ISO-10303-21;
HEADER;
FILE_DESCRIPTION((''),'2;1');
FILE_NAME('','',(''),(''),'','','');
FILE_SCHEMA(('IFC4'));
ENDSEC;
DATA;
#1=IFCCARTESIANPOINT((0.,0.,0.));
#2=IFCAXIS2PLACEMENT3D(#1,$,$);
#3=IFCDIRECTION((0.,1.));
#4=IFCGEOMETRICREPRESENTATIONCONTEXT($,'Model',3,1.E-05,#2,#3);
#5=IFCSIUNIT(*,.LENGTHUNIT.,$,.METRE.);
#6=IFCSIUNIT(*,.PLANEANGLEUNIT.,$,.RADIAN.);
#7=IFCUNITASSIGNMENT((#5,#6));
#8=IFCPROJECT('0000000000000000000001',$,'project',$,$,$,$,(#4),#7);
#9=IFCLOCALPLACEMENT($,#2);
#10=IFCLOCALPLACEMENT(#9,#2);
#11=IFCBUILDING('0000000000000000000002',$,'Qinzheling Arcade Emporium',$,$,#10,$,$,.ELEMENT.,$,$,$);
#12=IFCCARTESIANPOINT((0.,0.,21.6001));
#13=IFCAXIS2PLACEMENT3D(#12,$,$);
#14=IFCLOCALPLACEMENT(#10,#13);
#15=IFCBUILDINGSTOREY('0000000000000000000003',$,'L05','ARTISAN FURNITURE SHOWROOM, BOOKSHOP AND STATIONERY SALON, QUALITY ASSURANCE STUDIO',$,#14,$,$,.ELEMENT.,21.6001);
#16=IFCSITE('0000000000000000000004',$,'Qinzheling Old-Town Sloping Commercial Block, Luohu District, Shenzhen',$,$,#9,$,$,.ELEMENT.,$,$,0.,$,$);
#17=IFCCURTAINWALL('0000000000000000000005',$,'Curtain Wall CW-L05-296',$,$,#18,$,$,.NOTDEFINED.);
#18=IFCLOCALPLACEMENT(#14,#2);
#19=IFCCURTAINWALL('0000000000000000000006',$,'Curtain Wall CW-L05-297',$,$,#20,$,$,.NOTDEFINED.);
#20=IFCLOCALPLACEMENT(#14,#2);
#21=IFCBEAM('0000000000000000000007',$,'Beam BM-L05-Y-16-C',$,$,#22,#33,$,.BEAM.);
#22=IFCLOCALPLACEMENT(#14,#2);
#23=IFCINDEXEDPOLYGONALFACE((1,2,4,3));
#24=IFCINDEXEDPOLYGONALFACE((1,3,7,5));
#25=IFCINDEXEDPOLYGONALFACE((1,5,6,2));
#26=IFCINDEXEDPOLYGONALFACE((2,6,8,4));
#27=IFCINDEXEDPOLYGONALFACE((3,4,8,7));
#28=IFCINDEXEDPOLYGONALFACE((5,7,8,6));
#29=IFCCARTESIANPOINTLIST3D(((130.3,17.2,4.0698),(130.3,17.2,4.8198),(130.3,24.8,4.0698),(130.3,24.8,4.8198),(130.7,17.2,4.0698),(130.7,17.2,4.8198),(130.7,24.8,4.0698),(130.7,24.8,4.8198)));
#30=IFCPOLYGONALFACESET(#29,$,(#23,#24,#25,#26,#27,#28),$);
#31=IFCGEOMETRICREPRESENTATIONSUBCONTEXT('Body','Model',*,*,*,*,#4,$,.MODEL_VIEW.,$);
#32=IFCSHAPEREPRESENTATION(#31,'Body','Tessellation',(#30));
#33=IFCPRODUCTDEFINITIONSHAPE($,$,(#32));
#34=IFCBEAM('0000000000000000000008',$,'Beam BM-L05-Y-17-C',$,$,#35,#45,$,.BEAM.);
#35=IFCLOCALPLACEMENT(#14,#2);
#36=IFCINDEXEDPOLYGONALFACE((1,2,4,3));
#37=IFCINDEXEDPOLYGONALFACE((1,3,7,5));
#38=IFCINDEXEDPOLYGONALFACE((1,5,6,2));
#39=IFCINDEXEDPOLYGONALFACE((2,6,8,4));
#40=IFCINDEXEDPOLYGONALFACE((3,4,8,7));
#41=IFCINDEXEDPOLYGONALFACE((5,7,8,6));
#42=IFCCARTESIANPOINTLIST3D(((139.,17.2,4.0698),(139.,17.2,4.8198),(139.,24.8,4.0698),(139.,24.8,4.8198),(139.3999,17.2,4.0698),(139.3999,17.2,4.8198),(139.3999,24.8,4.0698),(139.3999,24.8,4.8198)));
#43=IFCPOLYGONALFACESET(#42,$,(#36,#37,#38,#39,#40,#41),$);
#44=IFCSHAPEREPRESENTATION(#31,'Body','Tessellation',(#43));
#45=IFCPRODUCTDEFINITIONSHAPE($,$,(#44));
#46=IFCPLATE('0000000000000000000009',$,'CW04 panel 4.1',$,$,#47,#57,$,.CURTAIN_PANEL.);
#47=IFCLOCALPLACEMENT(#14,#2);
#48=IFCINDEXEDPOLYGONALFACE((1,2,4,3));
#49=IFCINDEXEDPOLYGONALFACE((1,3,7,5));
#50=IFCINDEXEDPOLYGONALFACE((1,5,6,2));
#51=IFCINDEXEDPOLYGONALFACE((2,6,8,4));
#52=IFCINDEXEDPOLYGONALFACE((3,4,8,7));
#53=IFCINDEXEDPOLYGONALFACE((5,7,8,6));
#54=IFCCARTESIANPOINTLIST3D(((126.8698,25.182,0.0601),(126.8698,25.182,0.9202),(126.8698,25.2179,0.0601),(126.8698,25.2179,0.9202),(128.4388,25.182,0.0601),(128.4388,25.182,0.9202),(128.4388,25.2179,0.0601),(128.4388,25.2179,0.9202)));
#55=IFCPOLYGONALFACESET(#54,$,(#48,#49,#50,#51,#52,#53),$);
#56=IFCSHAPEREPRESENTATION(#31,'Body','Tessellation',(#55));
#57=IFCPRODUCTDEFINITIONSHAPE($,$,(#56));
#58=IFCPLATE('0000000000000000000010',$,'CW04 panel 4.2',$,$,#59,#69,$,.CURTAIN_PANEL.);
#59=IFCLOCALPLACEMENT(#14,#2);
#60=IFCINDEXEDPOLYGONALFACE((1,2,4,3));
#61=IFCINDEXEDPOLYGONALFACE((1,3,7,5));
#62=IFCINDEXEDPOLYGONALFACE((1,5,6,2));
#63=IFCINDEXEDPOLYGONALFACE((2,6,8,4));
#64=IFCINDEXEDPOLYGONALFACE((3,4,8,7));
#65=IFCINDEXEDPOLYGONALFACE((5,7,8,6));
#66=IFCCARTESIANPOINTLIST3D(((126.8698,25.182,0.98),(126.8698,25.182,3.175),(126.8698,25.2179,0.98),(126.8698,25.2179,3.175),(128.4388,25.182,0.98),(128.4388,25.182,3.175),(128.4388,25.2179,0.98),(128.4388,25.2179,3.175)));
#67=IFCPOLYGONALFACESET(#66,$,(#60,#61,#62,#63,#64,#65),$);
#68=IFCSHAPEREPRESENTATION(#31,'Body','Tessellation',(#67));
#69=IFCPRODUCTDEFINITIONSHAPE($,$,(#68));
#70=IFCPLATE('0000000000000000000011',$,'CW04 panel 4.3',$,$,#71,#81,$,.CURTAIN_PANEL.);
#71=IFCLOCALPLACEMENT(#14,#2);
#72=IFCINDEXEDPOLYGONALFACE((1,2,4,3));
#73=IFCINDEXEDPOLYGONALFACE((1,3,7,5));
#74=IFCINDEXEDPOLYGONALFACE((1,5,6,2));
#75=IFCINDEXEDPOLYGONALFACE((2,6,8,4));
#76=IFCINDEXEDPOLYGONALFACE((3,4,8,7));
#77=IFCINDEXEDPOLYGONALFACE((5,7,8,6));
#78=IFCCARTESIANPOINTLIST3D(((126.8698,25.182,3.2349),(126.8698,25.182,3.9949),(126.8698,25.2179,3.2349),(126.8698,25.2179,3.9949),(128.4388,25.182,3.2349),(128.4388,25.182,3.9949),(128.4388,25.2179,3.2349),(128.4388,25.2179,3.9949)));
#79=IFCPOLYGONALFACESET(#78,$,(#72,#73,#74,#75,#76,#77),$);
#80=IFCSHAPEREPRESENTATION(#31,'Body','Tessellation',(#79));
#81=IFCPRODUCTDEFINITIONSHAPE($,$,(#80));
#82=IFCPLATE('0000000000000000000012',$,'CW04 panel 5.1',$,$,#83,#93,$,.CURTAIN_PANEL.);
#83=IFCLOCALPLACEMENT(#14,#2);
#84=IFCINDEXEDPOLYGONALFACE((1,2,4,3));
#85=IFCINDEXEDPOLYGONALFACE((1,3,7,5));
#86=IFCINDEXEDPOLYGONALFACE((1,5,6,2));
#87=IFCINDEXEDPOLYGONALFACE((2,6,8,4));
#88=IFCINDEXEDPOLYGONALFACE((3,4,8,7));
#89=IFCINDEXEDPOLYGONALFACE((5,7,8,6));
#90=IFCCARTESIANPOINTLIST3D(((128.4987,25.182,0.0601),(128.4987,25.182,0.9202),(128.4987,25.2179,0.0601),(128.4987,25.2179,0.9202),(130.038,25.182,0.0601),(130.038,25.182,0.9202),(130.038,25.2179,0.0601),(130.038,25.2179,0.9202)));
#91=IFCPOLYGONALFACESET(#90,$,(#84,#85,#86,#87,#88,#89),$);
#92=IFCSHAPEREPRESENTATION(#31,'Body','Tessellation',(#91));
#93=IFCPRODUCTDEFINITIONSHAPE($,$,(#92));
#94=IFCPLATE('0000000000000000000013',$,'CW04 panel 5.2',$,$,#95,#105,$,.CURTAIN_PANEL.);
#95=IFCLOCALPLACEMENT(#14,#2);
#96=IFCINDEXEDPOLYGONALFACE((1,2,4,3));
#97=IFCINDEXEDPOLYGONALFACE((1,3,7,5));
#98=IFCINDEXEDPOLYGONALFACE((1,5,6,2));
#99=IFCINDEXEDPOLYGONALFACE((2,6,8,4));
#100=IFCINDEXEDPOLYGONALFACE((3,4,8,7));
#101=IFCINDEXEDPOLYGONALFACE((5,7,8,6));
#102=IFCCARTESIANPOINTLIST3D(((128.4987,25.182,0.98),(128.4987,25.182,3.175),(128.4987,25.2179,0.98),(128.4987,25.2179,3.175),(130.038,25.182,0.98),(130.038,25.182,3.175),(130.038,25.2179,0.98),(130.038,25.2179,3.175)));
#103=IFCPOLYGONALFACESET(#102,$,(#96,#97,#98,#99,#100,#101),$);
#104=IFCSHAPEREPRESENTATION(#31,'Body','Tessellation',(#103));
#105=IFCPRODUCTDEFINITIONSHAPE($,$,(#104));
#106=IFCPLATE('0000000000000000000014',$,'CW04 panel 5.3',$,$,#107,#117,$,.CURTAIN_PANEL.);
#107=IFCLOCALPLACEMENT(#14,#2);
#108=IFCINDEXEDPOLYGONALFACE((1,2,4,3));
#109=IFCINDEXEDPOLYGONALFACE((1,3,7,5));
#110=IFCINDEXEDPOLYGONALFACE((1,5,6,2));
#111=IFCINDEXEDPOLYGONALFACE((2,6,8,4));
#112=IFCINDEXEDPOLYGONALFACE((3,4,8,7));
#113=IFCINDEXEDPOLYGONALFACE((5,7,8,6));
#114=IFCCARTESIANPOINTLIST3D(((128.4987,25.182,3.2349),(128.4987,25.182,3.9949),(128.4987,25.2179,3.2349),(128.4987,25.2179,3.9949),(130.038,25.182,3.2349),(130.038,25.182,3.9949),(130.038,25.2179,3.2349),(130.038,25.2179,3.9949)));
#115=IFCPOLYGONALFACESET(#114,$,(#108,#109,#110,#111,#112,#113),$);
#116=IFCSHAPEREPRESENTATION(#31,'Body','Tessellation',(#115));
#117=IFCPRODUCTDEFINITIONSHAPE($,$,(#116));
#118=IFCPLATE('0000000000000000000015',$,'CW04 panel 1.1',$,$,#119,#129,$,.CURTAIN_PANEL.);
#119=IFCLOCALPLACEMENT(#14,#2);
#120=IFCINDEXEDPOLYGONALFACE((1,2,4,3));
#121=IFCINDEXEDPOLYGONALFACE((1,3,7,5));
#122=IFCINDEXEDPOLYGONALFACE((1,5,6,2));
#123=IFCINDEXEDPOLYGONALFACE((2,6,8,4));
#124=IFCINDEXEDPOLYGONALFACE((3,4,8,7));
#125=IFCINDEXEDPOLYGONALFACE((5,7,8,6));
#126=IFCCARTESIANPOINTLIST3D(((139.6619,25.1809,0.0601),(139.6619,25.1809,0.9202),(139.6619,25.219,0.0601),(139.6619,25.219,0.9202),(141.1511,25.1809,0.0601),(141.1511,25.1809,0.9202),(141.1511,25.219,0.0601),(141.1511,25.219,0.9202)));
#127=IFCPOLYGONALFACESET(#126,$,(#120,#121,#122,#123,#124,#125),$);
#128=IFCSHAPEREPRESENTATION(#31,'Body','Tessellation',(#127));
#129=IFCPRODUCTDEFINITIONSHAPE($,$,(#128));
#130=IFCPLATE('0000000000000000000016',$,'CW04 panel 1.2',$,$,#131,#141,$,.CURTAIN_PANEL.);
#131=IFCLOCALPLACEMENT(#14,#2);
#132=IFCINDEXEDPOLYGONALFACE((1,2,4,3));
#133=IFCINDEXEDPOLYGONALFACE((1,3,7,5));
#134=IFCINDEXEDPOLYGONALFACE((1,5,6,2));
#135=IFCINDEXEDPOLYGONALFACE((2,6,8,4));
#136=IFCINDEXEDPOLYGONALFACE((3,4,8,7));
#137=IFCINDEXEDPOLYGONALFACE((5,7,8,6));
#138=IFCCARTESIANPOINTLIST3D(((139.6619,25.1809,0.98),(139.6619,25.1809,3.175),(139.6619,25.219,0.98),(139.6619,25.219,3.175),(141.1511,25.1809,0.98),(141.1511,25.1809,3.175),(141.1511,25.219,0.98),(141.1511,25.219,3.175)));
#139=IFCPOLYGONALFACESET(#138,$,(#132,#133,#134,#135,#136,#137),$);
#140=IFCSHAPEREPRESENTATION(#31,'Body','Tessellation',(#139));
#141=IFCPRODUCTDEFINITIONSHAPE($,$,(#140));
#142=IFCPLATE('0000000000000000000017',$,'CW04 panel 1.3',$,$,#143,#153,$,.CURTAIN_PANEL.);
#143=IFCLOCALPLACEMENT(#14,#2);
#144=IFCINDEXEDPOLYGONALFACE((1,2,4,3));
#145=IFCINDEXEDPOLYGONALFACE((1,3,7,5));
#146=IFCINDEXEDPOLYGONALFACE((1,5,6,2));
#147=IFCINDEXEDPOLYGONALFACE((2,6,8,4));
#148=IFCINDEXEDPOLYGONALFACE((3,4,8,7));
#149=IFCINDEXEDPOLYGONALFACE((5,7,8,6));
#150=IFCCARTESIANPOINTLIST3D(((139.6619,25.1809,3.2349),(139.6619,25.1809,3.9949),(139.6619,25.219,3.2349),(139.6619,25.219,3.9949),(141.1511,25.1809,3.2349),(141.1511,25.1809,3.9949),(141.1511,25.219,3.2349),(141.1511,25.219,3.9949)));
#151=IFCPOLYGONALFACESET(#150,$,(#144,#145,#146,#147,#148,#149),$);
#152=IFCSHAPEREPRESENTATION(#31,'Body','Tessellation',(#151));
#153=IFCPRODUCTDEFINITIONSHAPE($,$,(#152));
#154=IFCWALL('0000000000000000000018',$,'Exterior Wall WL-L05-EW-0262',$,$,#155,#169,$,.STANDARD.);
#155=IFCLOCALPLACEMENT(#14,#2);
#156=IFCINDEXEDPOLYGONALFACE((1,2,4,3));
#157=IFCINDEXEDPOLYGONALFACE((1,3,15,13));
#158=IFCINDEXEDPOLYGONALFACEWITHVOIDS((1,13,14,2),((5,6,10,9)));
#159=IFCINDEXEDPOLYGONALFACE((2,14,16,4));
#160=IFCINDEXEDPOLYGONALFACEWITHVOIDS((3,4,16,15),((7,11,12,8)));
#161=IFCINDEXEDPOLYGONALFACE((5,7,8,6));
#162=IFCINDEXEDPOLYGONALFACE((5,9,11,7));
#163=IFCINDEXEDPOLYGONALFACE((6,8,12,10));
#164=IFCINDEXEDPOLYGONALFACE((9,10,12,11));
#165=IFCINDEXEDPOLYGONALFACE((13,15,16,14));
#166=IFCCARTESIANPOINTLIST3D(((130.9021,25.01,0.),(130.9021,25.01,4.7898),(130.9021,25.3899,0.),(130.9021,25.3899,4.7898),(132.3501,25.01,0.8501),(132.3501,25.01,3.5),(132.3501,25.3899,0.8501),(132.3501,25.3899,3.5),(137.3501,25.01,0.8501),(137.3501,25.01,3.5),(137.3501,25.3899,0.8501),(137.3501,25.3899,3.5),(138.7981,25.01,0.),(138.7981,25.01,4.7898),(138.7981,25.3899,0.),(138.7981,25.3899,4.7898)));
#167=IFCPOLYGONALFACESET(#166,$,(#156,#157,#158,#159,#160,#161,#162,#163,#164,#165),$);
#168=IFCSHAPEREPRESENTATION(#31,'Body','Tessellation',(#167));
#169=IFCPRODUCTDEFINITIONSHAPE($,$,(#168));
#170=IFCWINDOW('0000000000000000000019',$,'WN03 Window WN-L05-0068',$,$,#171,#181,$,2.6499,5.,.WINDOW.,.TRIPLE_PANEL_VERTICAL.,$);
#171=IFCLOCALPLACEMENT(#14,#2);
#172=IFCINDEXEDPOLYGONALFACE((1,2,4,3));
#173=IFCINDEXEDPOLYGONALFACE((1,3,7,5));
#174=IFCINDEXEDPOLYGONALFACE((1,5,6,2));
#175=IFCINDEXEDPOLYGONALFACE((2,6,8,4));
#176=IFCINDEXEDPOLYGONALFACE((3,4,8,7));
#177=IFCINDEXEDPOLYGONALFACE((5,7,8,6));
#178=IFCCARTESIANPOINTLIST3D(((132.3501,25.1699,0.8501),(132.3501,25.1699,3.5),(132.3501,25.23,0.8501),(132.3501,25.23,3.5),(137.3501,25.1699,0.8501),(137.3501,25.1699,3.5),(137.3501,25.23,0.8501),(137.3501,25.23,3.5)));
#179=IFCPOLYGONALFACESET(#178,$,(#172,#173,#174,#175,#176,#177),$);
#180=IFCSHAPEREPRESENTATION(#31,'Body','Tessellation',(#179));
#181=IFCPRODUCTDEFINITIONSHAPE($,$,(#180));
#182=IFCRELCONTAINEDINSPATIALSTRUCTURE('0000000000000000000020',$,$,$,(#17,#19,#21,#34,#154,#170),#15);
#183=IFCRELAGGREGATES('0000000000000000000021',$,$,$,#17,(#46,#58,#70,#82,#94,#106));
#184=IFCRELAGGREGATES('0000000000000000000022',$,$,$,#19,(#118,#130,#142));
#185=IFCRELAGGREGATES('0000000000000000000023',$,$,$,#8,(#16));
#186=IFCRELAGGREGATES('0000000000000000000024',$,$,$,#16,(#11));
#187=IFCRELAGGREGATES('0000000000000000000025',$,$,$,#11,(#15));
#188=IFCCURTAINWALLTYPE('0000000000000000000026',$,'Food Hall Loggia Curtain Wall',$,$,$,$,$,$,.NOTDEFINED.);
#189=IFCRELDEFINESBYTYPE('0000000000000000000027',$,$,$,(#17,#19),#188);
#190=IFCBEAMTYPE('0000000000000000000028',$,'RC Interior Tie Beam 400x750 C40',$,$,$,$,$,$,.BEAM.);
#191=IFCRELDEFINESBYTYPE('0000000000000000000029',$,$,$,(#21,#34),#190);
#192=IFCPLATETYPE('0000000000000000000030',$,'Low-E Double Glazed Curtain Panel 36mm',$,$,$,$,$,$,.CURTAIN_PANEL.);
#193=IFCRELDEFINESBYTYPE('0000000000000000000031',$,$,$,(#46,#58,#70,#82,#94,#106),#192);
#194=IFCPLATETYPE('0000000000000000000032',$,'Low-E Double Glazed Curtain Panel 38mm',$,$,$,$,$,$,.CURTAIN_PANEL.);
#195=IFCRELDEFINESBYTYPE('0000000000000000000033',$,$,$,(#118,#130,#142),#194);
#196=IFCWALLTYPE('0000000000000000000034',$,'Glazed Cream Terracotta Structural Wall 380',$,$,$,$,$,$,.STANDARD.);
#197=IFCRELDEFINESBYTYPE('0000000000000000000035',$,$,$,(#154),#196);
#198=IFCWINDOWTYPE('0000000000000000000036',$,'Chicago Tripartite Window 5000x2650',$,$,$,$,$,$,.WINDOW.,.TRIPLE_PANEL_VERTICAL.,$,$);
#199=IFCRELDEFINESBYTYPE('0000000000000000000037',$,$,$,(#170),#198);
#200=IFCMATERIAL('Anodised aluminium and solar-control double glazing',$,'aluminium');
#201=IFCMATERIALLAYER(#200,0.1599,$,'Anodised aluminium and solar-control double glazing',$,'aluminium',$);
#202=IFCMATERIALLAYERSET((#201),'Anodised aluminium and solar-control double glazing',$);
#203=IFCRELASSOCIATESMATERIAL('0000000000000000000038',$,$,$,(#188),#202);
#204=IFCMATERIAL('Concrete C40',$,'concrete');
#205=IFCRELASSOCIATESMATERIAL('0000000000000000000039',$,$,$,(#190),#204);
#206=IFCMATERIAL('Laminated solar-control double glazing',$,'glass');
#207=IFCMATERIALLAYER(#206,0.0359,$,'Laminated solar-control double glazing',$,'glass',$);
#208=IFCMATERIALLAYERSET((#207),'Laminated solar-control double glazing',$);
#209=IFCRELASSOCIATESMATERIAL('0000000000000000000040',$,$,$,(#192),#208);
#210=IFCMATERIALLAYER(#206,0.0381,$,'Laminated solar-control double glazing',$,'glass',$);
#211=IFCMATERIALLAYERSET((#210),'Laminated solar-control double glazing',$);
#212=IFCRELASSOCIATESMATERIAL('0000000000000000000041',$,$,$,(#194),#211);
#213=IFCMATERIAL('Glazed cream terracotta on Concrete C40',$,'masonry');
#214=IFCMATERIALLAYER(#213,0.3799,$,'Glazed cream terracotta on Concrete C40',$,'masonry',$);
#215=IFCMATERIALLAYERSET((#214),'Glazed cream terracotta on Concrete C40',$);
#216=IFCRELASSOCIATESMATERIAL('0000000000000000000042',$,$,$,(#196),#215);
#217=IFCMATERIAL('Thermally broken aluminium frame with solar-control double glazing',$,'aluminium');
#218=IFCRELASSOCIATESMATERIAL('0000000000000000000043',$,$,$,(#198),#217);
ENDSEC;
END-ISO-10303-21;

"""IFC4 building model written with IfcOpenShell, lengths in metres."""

from ifc_helpers import new_model, si_unit, direction, frame, frame_2d, origin, origin_2d, place, context, subcontext, project, spatial, rectangle, extrude, material, layer, layer_set, material_profile, profile_set, type_object, element, fill, aggregate, save


model = new_model("IFC4")

# Units and contexts
model_context = context("Model", 3, precision=1e-05, world=origin(), true_north=direction((0.0, 1.0)))
body_context = subcontext(model_context, "Body", "Model", "MODEL_VIEW")
ifc_project = project(units=[si_unit("LENGTHUNIT", "METRE"), si_unit("PLANEANGLEUNIT", "RADIAN")], contexts=[model_context])

# Site, building, storey
site_placement = place(None, origin())
site = spatial("IfcSite", under=ifc_project, at=site_placement, Name="Qinzheling Old-Town Sloping Commercial Block, Luohu District, Shenzhen", CompositionType="ELEMENT", RefElevation=0.0)
building_placement = place(site_placement, origin())
building = spatial("IfcBuilding", under=site, at=building_placement, Name="Qinzheling Arcade Emporium", CompositionType="ELEMENT")
storey_placement = place(building_placement, frame((0.0, 0.0, 21.6001)))
storey = spatial("IfcBuildingStorey", under=building, at=storey_placement, Name="L05", Description="ARTISAN FURNITURE SHOWROOM, BOOKSHOP AND STATIONERY SALON, QUALITY ASSURANCE STUDIO", CompositionType="ELEMENT", Elevation=21.6001)

# Shared definitions
ifc_material_1 = material(Name="Concrete C40", Category="concrete")

# Curtain wall
ifc_material_2 = material(Name="Anodised aluminium and solar-control double glazing", Category="aluminium")
ifc_layer_1 = layer(ifc_material_2, 0.1599, Name="Anodised aluminium and solar-control double glazing", Category="aluminium")
ifc_layer_set_1 = layer_set([ifc_layer_1], Name="Anodised aluminium and solar-control double glazing")
curtain_wall_type = type_object("IfcCurtainWallType", Name="Food Hall Loggia Curtain Wall", PredefinedType="NOTDEFINED", material=ifc_layer_set_1)
curtain_wall_1_placement = place(storey_placement, origin())
curtain_wall_1 = element("IfcCurtainWall", 1, at=curtain_wall_1_placement, inside=storey, type_object=curtain_wall_type, Name="Curtain Wall CW-L05-296", PredefinedType="NOTDEFINED")

# Curtain wall
curtain_wall_2_placement = place(storey_placement, origin())
curtain_wall_2 = element("IfcCurtainWall", 2, at=curtain_wall_2_placement, inside=storey, type_object=curtain_wall_type, Name="Curtain Wall CW-L05-297", PredefinedType="NOTDEFINED")

# Beams
ifc_material_profile_1 = material_profile(ifc_material_1, rectangle(XDim=0.3999, YDim=0.75, at=origin_2d()), Name="RC 400x750", Category="concrete")
ifc_profile_set_1 = profile_set([ifc_material_profile_1], Name="Concrete C40")
beam_type = type_object("IfcBeamType", Name="RC Interior Tie Beam 400x750 C40", PredefinedType="BEAM", material=ifc_profile_set_1)
for number, where, z_axis, x_axis, name in (
    (3, (130.5, 17.2, 4.4448), (0.0, 1.0, 0.0), (-1.0, 0.0, 0.0), "Beam BM-L05-Y-16-C"),
    (4, (139.2, 17.2, 4.4448), (0.0, 1.0, 0.0), (-1.0, 0.0, 0.0), "Beam BM-L05-Y-17-C"),
):
    element("IfcBeam", number, at=place(storey_placement, frame(where, z_axis=z_axis, x_axis=x_axis)), inside=storey, type_object=beam_type, Name=name, PredefinedType="BEAM", context=body_context, shape_type="SweptSolid", body=[
        extrude(rectangle(XDim=0.3999, YDim=0.75, at=origin_2d()), origin(), (0.0, 0.0, 1.0), 7.6001),
    ])

# Plates
ifc_material_3 = material(Name="Laminated solar-control double glazing", Category="glass")
ifc_layer_2 = layer(ifc_material_3, 0.0359, Name="Laminated solar-control double glazing", Category="glass")
ifc_layer_set_2 = layer_set([ifc_layer_2], Name="Laminated solar-control double glazing")
plate_type_1 = type_object("IfcPlateType", Name="Low-E Double Glazed Curtain Panel 36mm", PredefinedType="CURTAIN_PANEL", material=ifc_layer_set_2)
plate_1_placement = place(storey_placement, frame((127.6543, 25.2, 0.0601), z_axis=(0.0, 0.0, 1.0), x_axis=(1.0, 0.0, 0.0)))
plate_1 = element("IfcPlate", 5, at=plate_1_placement, type_object=plate_type_1, Name="CW04 panel 4.1", PredefinedType="CURTAIN_PANEL", context=body_context, shape_type="SweptSolid", body=[
    extrude(rectangle(XDim=1.5691, YDim=0.0359, at=origin_2d()), origin(), (0.0, 0.0, 1.0), 0.8601),
])
plate_2_placement = place(storey_placement, frame((127.6543, 25.2, 0.98), z_axis=(0.0, 0.0, 1.0), x_axis=(1.0, 0.0, 0.0)))
plate_2 = element("IfcPlate", 6, at=plate_2_placement, type_object=plate_type_1, Name="CW04 panel 4.2", PredefinedType="CURTAIN_PANEL", context=body_context, shape_type="SweptSolid", body=[
    extrude(rectangle(XDim=1.5691, YDim=0.0359, at=origin_2d()), origin(), (0.0, 0.0, 1.0), 2.1951),
])
plate_3_placement = place(storey_placement, frame((127.6543, 25.2, 3.2349), z_axis=(0.0, 0.0, 1.0), x_axis=(1.0, 0.0, 0.0)))
plate_3 = element("IfcPlate", 7, at=plate_3_placement, type_object=plate_type_1, Name="CW04 panel 4.3", PredefinedType="CURTAIN_PANEL", context=body_context, shape_type="SweptSolid", body=[
    extrude(rectangle(XDim=1.5691, YDim=0.0359, at=origin_2d()), origin(), (0.0, 0.0, 1.0), 0.76),
])
plate_4_placement = place(storey_placement, frame((129.2683, 25.2, 0.0601), z_axis=(0.0, 0.0, 1.0), x_axis=(1.0, 0.0, 0.0)))
plate_4 = element("IfcPlate", 8, at=plate_4_placement, type_object=plate_type_1, Name="CW04 panel 5.1", PredefinedType="CURTAIN_PANEL", context=body_context, shape_type="SweptSolid", body=[
    extrude(rectangle(XDim=1.5393, YDim=0.0359, at=origin_2d()), origin(), (0.0, 0.0, 1.0), 0.8601),
])
plate_5_placement = place(storey_placement, frame((129.2683, 25.2, 0.98), z_axis=(0.0, 0.0, 1.0), x_axis=(1.0, 0.0, 0.0)))
plate_5 = element("IfcPlate", 9, at=plate_5_placement, type_object=plate_type_1, Name="CW04 panel 5.2", PredefinedType="CURTAIN_PANEL", context=body_context, shape_type="SweptSolid", body=[
    extrude(rectangle(XDim=1.5393, YDim=0.0359, at=origin_2d()), origin(), (0.0, 0.0, 1.0), 2.1951),
])
plate_6_placement = place(storey_placement, frame((129.2683, 25.2, 3.2349), z_axis=(0.0, 0.0, 1.0), x_axis=(1.0, 0.0, 0.0)))
plate_6 = element("IfcPlate", 10, at=plate_6_placement, type_object=plate_type_1, Name="CW04 panel 5.3", PredefinedType="CURTAIN_PANEL", context=body_context, shape_type="SweptSolid", body=[
    extrude(rectangle(XDim=1.5393, YDim=0.0359, at=origin_2d()), origin(), (0.0, 0.0, 1.0), 0.76),
])
aggregate(curtain_wall_1, [plate_1, plate_2, plate_3, plate_4, plate_5, plate_6])
ifc_layer_3 = layer(ifc_material_3, 0.0381, Name="Laminated solar-control double glazing", Category="glass")
ifc_layer_set_3 = layer_set([ifc_layer_3], Name="Laminated solar-control double glazing")
plate_type_2 = type_object("IfcPlateType", Name="Low-E Double Glazed Curtain Panel 38mm", PredefinedType="CURTAIN_PANEL", material=ifc_layer_set_3)
plate_7_placement = place(storey_placement, frame((140.4065, 25.2, 0.0601), z_axis=(0.0, 0.0, 1.0), x_axis=(1.0, 0.0, 0.0)))
plate_7 = element("IfcPlate", 11, at=plate_7_placement, type_object=plate_type_2, Name="CW04 panel 1.1", PredefinedType="CURTAIN_PANEL", context=body_context, shape_type="SweptSolid", body=[
    extrude(rectangle(XDim=1.4893, YDim=0.0381, at=origin_2d()), origin(), (0.0, 0.0, 1.0), 0.8601),
])
plate_8_placement = place(storey_placement, frame((140.4065, 25.2, 0.98), z_axis=(0.0, 0.0, 1.0), x_axis=(1.0, 0.0, 0.0)))
plate_8 = element("IfcPlate", 12, at=plate_8_placement, type_object=plate_type_2, Name="CW04 panel 1.2", PredefinedType="CURTAIN_PANEL", context=body_context, shape_type="SweptSolid", body=[
    extrude(rectangle(XDim=1.4893, YDim=0.0381, at=origin_2d()), origin(), (0.0, 0.0, 1.0), 2.1951),
])
plate_9_placement = place(storey_placement, frame((140.4065, 25.2, 3.2349), z_axis=(0.0, 0.0, 1.0), x_axis=(1.0, 0.0, 0.0)))
plate_9 = element("IfcPlate", 13, at=plate_9_placement, type_object=plate_type_2, Name="CW04 panel 1.3", PredefinedType="CURTAIN_PANEL", context=body_context, shape_type="SweptSolid", body=[
    extrude(rectangle(XDim=1.4893, YDim=0.0381, at=origin_2d()), origin(), (0.0, 0.0, 1.0), 0.76),
])
aggregate(curtain_wall_2, [plate_7, plate_8, plate_9])

# Wall, opening, window
ifc_material_4 = material(Name="Glazed cream terracotta on Concrete C40", Category="masonry")
ifc_layer_4 = layer(ifc_material_4, 0.3799, Name="Glazed cream terracotta on Concrete C40", Category="masonry")
ifc_layer_set_4 = layer_set([ifc_layer_4], Name="Glazed cream terracotta on Concrete C40")
wall_type = type_object("IfcWallType", Name="Glazed Cream Terracotta Structural Wall 380", PredefinedType="STANDARD", material=ifc_layer_set_4)
wall_placement = place(storey_placement, frame((130.9021, 25.2, 0.0), z_axis=(0.0, 0.0, 1.0), x_axis=(1.0, 0.0, 0.0)))
wall = element("IfcWall", 14, at=wall_placement, inside=storey, type_object=wall_type, Name="Exterior Wall WL-L05-EW-0262", PredefinedType="STANDARD", context=body_context, shape_type="SweptSolid", body=[
    extrude(rectangle(XDim=7.896, YDim=0.3799, at=frame_2d((3.948, 0.0))), origin(), (0.0, 0.0, 1.0), 4.7898),
])
opening_placement = place(wall_placement, frame((1.448, 0.0, 0.8501)))
opening = element("IfcOpeningElement", 15, at=opening_placement, cuts=wall, PredefinedType="OPENING", context=body_context, shape_type="SweptSolid", body=[
    extrude(rectangle(XDim=5.0, YDim=2.6499, at=frame_2d((2.5, 1.325))), frame((0.0, 0.2, 0.0), z_axis=(0.0, -1.0, 0.0), x_axis=(1.0, 0.0, 0.0)), (0.0, 0.0, 1.0), 0.3999),
])
ifc_material_5 = material(Name="Thermally broken aluminium frame with solar-control double glazing", Category="aluminium")
window_type = type_object("IfcWindowType", Name="Chicago Tripartite Window 5000x2650", PartitioningType="TRIPLE_PANEL_VERTICAL", PredefinedType="WINDOW", material=ifc_material_5)
window_placement = place(opening_placement, origin())
window = element("IfcWindow", 16, at=window_placement, inside=storey, type_object=window_type, Name="WN03 Window WN-L05-0068", OverallHeight=2.6499, OverallWidth=5.0, PartitioningType="TRIPLE_PANEL_VERTICAL", PredefinedType="WINDOW", context=body_context, shape_type="SweptSolid", body=[
    extrude(rectangle(XDim=5.0, YDim=2.6499, at=frame_2d((2.5, 1.325))), frame((0.0, 0.03, 0.0), z_axis=(0.0, -1.0, 0.0), x_axis=(1.0, 0.0, 0.0)), (0.0, 0.0, 1.0), 0.0601),
])
fill(opening, window)

save(model, "model.ifc")
